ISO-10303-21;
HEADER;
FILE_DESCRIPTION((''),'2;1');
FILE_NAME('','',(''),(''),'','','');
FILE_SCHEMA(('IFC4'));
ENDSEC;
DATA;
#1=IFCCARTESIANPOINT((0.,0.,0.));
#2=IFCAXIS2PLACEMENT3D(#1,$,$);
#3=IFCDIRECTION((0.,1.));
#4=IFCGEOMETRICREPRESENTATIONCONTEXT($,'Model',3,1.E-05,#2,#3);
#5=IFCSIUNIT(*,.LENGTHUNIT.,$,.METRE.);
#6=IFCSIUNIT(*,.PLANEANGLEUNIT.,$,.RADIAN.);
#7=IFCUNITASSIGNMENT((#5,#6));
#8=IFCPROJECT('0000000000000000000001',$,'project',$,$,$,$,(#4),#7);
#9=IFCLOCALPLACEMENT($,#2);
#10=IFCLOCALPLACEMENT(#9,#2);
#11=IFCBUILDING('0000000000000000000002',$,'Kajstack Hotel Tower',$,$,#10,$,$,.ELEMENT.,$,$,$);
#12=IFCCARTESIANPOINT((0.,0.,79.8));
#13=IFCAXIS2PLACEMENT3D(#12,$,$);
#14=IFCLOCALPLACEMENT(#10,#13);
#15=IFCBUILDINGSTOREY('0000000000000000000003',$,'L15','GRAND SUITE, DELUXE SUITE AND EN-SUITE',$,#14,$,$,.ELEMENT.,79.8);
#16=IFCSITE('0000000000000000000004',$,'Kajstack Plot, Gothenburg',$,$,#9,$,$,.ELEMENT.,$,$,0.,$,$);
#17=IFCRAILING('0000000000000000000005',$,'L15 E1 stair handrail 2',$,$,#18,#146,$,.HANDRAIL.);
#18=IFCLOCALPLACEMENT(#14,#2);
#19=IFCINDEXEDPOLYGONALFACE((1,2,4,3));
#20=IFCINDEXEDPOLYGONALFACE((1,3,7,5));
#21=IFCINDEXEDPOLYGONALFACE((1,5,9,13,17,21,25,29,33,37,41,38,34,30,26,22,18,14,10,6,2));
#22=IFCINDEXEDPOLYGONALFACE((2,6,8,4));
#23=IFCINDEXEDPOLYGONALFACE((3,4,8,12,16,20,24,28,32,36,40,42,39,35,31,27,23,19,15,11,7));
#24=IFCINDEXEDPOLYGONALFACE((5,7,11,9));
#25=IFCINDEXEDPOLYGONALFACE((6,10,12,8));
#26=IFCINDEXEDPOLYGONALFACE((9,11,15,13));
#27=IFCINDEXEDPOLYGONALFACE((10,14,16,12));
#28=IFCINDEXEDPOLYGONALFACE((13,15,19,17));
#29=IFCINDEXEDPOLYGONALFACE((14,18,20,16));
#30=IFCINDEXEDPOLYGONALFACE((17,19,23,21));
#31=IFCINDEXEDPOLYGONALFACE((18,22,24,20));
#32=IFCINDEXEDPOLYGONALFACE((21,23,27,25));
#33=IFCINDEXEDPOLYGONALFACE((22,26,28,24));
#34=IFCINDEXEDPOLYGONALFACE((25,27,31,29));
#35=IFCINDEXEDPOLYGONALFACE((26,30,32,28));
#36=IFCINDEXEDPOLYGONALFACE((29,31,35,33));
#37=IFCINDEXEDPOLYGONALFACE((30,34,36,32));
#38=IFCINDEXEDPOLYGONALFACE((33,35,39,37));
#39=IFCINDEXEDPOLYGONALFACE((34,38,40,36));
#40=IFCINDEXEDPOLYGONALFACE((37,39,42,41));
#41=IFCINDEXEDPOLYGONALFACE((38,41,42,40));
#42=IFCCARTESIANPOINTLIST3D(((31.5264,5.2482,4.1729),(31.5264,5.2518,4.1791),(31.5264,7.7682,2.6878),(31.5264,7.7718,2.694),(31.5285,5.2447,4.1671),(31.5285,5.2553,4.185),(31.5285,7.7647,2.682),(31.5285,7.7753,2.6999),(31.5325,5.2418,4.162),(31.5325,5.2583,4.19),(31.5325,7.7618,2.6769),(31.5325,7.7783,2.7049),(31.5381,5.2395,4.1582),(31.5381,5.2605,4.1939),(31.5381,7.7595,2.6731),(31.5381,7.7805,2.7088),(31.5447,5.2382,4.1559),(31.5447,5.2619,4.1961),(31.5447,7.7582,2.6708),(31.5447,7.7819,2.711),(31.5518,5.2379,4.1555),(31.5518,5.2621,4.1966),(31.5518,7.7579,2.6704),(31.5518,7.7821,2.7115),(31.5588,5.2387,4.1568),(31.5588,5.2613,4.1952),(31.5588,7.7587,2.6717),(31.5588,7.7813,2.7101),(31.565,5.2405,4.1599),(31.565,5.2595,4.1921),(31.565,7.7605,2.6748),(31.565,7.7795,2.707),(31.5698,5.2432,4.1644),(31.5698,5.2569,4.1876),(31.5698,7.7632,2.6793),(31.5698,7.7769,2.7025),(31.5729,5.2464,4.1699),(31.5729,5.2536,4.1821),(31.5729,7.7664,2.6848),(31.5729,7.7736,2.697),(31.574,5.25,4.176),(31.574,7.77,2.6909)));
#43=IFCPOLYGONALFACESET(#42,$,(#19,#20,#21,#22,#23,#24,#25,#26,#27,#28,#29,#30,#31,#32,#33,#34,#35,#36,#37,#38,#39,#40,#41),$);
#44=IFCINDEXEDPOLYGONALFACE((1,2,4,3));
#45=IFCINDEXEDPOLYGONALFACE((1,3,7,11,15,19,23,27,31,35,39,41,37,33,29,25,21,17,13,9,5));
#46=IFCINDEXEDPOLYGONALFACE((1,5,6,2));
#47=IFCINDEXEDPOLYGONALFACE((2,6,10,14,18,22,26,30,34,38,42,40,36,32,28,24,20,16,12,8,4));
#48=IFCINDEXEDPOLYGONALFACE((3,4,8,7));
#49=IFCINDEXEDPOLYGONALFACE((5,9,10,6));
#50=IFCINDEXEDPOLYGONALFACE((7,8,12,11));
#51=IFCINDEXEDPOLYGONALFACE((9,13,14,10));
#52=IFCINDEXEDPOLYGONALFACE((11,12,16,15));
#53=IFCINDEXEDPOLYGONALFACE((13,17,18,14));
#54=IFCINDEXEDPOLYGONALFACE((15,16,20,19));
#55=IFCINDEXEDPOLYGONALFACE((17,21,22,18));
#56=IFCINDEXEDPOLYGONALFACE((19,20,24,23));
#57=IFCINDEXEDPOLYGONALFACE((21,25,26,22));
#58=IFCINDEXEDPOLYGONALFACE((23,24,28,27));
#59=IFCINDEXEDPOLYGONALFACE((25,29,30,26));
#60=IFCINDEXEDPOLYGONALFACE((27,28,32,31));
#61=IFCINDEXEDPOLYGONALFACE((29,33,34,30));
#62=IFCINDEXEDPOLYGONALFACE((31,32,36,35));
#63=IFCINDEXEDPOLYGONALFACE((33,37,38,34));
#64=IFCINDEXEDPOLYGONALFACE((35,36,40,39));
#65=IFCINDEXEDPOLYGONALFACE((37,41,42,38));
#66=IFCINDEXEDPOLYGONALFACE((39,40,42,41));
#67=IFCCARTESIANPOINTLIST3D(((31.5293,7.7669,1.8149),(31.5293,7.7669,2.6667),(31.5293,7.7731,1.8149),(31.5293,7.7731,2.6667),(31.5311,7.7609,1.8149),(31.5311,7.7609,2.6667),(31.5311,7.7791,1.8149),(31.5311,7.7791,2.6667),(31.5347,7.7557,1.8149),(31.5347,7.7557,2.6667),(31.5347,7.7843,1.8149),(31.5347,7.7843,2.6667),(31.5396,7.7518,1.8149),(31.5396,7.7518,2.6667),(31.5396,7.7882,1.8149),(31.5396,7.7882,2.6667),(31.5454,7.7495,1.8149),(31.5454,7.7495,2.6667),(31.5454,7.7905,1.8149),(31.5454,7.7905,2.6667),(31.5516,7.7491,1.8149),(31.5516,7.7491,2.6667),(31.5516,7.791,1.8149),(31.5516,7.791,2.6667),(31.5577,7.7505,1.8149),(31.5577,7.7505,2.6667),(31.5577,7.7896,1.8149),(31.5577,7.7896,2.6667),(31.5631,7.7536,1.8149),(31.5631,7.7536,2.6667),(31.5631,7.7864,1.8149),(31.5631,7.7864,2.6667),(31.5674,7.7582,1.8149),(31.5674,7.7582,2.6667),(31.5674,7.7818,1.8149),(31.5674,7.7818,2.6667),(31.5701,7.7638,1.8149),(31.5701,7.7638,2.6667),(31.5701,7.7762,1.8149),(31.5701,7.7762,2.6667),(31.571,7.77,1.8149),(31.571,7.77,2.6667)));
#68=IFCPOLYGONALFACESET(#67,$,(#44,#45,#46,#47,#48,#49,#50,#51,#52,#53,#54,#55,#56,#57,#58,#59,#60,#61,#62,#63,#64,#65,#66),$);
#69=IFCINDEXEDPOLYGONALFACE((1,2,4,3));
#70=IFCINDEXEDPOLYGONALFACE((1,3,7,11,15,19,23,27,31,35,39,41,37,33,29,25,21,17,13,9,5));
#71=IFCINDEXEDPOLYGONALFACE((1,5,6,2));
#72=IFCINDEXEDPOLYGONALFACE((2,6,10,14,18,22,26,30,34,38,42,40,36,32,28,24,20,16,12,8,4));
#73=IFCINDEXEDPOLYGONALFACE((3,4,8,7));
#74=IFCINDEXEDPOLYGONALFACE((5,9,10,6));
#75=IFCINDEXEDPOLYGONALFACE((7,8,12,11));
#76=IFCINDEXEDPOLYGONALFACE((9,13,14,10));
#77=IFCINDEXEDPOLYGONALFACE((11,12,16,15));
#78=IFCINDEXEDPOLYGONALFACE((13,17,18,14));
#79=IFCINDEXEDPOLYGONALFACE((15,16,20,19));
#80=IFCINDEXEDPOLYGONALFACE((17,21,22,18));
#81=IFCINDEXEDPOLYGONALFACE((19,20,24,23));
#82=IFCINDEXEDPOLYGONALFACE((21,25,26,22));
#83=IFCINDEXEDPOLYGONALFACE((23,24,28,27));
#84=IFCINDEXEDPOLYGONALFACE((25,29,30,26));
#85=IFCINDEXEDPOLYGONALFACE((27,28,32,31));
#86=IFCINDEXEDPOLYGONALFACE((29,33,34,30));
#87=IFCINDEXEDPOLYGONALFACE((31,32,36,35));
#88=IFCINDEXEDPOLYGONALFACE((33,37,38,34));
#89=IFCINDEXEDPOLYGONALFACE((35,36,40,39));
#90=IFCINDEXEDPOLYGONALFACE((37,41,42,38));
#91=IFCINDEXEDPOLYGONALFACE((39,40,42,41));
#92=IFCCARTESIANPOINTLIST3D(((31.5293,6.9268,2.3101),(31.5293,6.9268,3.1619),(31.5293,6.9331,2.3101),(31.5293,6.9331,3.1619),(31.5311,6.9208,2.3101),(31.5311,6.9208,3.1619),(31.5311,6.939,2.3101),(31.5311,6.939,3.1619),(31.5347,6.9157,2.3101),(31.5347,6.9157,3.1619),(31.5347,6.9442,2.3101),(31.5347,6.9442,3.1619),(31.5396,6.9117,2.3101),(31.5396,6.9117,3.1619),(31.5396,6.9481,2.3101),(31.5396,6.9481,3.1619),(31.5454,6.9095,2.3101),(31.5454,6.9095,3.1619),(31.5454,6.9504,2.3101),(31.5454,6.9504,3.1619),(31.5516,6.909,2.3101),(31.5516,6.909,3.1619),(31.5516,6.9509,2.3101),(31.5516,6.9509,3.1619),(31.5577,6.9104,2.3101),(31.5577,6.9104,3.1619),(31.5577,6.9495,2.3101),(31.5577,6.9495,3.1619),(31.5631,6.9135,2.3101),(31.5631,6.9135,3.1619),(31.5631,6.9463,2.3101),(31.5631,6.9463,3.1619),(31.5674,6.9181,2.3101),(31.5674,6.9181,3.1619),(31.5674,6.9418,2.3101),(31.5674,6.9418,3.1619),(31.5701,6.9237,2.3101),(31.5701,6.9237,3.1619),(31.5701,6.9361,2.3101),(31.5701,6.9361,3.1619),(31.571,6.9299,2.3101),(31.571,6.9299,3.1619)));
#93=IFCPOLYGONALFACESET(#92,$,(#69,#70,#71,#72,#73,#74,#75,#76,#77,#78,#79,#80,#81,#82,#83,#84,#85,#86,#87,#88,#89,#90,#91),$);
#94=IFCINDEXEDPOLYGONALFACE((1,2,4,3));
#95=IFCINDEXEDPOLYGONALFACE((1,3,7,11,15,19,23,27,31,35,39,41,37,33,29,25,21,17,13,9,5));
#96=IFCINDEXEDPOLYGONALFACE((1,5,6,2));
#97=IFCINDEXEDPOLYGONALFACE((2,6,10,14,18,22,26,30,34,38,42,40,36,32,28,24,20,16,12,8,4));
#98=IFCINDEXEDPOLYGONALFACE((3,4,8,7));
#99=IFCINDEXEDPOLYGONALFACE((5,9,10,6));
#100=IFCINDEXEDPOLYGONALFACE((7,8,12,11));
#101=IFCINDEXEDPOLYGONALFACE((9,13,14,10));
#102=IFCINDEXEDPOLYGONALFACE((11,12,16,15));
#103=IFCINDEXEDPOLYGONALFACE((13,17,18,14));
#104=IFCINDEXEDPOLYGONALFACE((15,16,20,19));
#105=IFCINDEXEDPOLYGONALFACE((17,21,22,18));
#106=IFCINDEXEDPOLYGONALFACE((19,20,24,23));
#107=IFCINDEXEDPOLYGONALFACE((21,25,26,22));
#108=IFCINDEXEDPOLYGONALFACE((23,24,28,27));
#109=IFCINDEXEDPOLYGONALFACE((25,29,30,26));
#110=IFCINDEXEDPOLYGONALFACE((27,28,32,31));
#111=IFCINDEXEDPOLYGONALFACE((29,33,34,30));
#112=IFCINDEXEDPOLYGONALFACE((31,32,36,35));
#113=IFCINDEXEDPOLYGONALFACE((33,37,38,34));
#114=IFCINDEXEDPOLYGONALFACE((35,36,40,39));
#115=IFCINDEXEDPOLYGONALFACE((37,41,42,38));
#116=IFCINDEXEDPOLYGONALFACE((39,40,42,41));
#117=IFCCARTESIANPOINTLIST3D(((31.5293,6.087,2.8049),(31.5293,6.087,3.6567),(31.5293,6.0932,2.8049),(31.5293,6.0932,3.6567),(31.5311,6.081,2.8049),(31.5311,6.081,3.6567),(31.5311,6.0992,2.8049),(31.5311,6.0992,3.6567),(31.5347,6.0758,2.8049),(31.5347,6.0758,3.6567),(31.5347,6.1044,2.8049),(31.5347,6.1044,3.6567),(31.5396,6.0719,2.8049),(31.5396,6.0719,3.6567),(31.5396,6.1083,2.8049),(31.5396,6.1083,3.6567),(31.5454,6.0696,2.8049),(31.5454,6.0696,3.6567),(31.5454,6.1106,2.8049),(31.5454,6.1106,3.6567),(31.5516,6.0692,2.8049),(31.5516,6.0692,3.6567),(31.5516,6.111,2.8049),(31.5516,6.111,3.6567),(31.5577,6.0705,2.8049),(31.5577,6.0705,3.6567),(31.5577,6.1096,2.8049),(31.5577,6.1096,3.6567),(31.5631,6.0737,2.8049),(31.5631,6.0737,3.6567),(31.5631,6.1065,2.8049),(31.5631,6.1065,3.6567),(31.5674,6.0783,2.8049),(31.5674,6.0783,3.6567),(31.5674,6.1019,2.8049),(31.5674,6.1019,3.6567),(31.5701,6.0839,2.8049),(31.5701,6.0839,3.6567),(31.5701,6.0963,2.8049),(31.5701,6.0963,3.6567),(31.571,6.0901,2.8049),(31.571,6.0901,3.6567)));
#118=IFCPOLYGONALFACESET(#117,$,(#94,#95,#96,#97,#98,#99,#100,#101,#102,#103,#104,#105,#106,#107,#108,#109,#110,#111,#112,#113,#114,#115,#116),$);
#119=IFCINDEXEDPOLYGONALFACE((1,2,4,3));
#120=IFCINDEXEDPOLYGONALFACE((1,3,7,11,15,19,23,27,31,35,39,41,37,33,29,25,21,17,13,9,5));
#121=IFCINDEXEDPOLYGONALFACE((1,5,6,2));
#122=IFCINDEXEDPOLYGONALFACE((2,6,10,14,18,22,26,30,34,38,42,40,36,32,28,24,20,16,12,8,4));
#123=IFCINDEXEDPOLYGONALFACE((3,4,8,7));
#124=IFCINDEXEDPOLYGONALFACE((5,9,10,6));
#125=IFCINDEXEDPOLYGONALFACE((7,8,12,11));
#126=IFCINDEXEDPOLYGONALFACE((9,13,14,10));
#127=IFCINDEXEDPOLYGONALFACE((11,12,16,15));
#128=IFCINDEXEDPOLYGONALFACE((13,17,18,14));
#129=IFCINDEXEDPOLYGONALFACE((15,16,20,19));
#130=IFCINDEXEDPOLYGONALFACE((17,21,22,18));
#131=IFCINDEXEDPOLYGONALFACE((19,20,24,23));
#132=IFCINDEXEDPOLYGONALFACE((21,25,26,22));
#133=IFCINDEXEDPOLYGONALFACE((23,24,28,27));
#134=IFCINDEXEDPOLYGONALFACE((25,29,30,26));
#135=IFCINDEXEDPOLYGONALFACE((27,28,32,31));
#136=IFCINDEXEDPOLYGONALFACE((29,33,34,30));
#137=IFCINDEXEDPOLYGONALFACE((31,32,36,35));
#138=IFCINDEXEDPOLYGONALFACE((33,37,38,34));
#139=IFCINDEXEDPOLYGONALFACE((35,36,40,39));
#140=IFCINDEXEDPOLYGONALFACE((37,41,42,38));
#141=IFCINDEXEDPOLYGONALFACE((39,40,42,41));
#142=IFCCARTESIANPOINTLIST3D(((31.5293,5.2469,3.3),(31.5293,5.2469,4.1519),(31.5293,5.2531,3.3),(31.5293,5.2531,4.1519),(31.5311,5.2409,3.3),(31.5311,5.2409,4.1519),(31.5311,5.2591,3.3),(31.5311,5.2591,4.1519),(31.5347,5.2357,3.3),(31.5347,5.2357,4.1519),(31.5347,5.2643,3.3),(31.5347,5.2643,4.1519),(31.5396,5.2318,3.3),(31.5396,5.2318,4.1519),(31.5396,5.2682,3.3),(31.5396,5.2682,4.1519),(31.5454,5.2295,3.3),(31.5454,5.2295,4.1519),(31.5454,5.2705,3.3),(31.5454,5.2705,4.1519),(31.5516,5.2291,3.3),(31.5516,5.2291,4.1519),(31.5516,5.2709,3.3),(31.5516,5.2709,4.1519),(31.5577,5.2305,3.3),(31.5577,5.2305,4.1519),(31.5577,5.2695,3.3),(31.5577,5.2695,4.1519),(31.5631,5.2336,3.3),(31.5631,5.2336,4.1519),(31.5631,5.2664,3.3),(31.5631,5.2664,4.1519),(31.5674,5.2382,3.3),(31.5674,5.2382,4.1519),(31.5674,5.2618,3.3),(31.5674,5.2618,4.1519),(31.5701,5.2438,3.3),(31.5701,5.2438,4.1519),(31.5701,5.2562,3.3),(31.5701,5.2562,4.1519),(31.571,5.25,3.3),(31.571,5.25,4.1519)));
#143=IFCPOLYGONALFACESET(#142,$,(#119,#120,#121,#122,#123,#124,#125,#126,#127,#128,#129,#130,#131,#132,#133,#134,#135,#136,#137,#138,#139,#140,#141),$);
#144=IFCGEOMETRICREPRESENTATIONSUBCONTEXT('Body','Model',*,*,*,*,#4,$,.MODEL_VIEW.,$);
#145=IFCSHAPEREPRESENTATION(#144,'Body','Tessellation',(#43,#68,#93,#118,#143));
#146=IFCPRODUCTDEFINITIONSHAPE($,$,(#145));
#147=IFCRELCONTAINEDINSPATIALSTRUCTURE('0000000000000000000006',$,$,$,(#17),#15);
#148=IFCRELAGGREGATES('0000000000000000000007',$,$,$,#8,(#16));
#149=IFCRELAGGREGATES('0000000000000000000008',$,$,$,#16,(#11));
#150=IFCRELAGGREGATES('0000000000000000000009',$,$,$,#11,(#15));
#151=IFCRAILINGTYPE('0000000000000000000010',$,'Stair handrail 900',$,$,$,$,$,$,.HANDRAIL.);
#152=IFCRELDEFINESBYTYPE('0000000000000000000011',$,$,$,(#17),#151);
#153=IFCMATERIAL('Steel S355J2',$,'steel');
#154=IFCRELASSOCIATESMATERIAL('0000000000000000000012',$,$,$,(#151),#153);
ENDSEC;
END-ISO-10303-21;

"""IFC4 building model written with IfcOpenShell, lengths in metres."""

from ifc_helpers import new_model, si_unit, direction, frame, origin, origin_2d, place, context, subcontext, project, spatial, circle, extrude, material, type_object, element, save


model = new_model("IFC4")

# Units and contexts
model_context = context("Model", 3, precision=1e-05, world=origin(), true_north=direction((0.0, 1.0)))
body_context = subcontext(model_context, "Body", "Model", "MODEL_VIEW")
ifc_project = project(units=[si_unit("LENGTHUNIT", "METRE"), si_unit("PLANEANGLEUNIT", "RADIAN")], contexts=[model_context])

# Site, building, storey
site_placement = place(None, origin())
site = spatial("IfcSite", under=ifc_project, at=site_placement, Name="Kajstack Plot, Gothenburg", CompositionType="ELEMENT", RefElevation=0.0)
building_placement = place(site_placement, origin())
building = spatial("IfcBuilding", under=site, at=building_placement, Name="Kajstack Hotel Tower", CompositionType="ELEMENT")
storey_placement = place(building_placement, frame((0.0, 0.0, 79.8)))
storey = spatial("IfcBuildingStorey", under=building, at=storey_placement, Name="L15", Description="GRAND SUITE, DELUXE SUITE AND EN-SUITE", CompositionType="ELEMENT", Elevation=79.8)

# Railing
ifc_material_1 = material(Name="Steel S355J2", Category="steel")
railing_type_1 = type_object("IfcRailingType", Name="Stair handrail 900", PredefinedType="HANDRAIL", material=ifc_material_1)
railing_1_placement = place(storey_placement, frame((31.55, 7.77, 1.8149)))
element("IfcRailing", 1, at=railing_1_placement, inside=storey, type_object=railing_type_1, Name="L15 E1 stair handrail 2", PredefinedType="HANDRAIL", context=body_context, shape_type="SweptSolid", body=[
    extrude(circle(Radius=0.0239, at=origin_2d()), frame((0.0, 0.0, 0.876), z_axis=(0.0, -0.861524, 0.507717), x_axis=(1.0, 0.0, 0.0)), (0.0, 0.0, 1.0), 2.925),
    extrude(circle(Radius=0.021, at=origin_2d()), origin(), (0.0, 0.0, 1.0), 0.8518),
    extrude(circle(Radius=0.021, at=origin_2d()), frame((0.0, -0.8401, 0.4951)), (0.0, 0.0, 1.0), 0.8518),
    extrude(circle(Radius=0.021, at=origin_2d()), frame((0.0, -1.6799, 0.99)), (0.0, 0.0, 1.0), 0.8518),
    extrude(circle(Radius=0.021, at=origin_2d()), frame((0.0, -2.52, 1.4851)), (0.0, 0.0, 1.0), 0.8518),
])

save(model, "model.ifc")
